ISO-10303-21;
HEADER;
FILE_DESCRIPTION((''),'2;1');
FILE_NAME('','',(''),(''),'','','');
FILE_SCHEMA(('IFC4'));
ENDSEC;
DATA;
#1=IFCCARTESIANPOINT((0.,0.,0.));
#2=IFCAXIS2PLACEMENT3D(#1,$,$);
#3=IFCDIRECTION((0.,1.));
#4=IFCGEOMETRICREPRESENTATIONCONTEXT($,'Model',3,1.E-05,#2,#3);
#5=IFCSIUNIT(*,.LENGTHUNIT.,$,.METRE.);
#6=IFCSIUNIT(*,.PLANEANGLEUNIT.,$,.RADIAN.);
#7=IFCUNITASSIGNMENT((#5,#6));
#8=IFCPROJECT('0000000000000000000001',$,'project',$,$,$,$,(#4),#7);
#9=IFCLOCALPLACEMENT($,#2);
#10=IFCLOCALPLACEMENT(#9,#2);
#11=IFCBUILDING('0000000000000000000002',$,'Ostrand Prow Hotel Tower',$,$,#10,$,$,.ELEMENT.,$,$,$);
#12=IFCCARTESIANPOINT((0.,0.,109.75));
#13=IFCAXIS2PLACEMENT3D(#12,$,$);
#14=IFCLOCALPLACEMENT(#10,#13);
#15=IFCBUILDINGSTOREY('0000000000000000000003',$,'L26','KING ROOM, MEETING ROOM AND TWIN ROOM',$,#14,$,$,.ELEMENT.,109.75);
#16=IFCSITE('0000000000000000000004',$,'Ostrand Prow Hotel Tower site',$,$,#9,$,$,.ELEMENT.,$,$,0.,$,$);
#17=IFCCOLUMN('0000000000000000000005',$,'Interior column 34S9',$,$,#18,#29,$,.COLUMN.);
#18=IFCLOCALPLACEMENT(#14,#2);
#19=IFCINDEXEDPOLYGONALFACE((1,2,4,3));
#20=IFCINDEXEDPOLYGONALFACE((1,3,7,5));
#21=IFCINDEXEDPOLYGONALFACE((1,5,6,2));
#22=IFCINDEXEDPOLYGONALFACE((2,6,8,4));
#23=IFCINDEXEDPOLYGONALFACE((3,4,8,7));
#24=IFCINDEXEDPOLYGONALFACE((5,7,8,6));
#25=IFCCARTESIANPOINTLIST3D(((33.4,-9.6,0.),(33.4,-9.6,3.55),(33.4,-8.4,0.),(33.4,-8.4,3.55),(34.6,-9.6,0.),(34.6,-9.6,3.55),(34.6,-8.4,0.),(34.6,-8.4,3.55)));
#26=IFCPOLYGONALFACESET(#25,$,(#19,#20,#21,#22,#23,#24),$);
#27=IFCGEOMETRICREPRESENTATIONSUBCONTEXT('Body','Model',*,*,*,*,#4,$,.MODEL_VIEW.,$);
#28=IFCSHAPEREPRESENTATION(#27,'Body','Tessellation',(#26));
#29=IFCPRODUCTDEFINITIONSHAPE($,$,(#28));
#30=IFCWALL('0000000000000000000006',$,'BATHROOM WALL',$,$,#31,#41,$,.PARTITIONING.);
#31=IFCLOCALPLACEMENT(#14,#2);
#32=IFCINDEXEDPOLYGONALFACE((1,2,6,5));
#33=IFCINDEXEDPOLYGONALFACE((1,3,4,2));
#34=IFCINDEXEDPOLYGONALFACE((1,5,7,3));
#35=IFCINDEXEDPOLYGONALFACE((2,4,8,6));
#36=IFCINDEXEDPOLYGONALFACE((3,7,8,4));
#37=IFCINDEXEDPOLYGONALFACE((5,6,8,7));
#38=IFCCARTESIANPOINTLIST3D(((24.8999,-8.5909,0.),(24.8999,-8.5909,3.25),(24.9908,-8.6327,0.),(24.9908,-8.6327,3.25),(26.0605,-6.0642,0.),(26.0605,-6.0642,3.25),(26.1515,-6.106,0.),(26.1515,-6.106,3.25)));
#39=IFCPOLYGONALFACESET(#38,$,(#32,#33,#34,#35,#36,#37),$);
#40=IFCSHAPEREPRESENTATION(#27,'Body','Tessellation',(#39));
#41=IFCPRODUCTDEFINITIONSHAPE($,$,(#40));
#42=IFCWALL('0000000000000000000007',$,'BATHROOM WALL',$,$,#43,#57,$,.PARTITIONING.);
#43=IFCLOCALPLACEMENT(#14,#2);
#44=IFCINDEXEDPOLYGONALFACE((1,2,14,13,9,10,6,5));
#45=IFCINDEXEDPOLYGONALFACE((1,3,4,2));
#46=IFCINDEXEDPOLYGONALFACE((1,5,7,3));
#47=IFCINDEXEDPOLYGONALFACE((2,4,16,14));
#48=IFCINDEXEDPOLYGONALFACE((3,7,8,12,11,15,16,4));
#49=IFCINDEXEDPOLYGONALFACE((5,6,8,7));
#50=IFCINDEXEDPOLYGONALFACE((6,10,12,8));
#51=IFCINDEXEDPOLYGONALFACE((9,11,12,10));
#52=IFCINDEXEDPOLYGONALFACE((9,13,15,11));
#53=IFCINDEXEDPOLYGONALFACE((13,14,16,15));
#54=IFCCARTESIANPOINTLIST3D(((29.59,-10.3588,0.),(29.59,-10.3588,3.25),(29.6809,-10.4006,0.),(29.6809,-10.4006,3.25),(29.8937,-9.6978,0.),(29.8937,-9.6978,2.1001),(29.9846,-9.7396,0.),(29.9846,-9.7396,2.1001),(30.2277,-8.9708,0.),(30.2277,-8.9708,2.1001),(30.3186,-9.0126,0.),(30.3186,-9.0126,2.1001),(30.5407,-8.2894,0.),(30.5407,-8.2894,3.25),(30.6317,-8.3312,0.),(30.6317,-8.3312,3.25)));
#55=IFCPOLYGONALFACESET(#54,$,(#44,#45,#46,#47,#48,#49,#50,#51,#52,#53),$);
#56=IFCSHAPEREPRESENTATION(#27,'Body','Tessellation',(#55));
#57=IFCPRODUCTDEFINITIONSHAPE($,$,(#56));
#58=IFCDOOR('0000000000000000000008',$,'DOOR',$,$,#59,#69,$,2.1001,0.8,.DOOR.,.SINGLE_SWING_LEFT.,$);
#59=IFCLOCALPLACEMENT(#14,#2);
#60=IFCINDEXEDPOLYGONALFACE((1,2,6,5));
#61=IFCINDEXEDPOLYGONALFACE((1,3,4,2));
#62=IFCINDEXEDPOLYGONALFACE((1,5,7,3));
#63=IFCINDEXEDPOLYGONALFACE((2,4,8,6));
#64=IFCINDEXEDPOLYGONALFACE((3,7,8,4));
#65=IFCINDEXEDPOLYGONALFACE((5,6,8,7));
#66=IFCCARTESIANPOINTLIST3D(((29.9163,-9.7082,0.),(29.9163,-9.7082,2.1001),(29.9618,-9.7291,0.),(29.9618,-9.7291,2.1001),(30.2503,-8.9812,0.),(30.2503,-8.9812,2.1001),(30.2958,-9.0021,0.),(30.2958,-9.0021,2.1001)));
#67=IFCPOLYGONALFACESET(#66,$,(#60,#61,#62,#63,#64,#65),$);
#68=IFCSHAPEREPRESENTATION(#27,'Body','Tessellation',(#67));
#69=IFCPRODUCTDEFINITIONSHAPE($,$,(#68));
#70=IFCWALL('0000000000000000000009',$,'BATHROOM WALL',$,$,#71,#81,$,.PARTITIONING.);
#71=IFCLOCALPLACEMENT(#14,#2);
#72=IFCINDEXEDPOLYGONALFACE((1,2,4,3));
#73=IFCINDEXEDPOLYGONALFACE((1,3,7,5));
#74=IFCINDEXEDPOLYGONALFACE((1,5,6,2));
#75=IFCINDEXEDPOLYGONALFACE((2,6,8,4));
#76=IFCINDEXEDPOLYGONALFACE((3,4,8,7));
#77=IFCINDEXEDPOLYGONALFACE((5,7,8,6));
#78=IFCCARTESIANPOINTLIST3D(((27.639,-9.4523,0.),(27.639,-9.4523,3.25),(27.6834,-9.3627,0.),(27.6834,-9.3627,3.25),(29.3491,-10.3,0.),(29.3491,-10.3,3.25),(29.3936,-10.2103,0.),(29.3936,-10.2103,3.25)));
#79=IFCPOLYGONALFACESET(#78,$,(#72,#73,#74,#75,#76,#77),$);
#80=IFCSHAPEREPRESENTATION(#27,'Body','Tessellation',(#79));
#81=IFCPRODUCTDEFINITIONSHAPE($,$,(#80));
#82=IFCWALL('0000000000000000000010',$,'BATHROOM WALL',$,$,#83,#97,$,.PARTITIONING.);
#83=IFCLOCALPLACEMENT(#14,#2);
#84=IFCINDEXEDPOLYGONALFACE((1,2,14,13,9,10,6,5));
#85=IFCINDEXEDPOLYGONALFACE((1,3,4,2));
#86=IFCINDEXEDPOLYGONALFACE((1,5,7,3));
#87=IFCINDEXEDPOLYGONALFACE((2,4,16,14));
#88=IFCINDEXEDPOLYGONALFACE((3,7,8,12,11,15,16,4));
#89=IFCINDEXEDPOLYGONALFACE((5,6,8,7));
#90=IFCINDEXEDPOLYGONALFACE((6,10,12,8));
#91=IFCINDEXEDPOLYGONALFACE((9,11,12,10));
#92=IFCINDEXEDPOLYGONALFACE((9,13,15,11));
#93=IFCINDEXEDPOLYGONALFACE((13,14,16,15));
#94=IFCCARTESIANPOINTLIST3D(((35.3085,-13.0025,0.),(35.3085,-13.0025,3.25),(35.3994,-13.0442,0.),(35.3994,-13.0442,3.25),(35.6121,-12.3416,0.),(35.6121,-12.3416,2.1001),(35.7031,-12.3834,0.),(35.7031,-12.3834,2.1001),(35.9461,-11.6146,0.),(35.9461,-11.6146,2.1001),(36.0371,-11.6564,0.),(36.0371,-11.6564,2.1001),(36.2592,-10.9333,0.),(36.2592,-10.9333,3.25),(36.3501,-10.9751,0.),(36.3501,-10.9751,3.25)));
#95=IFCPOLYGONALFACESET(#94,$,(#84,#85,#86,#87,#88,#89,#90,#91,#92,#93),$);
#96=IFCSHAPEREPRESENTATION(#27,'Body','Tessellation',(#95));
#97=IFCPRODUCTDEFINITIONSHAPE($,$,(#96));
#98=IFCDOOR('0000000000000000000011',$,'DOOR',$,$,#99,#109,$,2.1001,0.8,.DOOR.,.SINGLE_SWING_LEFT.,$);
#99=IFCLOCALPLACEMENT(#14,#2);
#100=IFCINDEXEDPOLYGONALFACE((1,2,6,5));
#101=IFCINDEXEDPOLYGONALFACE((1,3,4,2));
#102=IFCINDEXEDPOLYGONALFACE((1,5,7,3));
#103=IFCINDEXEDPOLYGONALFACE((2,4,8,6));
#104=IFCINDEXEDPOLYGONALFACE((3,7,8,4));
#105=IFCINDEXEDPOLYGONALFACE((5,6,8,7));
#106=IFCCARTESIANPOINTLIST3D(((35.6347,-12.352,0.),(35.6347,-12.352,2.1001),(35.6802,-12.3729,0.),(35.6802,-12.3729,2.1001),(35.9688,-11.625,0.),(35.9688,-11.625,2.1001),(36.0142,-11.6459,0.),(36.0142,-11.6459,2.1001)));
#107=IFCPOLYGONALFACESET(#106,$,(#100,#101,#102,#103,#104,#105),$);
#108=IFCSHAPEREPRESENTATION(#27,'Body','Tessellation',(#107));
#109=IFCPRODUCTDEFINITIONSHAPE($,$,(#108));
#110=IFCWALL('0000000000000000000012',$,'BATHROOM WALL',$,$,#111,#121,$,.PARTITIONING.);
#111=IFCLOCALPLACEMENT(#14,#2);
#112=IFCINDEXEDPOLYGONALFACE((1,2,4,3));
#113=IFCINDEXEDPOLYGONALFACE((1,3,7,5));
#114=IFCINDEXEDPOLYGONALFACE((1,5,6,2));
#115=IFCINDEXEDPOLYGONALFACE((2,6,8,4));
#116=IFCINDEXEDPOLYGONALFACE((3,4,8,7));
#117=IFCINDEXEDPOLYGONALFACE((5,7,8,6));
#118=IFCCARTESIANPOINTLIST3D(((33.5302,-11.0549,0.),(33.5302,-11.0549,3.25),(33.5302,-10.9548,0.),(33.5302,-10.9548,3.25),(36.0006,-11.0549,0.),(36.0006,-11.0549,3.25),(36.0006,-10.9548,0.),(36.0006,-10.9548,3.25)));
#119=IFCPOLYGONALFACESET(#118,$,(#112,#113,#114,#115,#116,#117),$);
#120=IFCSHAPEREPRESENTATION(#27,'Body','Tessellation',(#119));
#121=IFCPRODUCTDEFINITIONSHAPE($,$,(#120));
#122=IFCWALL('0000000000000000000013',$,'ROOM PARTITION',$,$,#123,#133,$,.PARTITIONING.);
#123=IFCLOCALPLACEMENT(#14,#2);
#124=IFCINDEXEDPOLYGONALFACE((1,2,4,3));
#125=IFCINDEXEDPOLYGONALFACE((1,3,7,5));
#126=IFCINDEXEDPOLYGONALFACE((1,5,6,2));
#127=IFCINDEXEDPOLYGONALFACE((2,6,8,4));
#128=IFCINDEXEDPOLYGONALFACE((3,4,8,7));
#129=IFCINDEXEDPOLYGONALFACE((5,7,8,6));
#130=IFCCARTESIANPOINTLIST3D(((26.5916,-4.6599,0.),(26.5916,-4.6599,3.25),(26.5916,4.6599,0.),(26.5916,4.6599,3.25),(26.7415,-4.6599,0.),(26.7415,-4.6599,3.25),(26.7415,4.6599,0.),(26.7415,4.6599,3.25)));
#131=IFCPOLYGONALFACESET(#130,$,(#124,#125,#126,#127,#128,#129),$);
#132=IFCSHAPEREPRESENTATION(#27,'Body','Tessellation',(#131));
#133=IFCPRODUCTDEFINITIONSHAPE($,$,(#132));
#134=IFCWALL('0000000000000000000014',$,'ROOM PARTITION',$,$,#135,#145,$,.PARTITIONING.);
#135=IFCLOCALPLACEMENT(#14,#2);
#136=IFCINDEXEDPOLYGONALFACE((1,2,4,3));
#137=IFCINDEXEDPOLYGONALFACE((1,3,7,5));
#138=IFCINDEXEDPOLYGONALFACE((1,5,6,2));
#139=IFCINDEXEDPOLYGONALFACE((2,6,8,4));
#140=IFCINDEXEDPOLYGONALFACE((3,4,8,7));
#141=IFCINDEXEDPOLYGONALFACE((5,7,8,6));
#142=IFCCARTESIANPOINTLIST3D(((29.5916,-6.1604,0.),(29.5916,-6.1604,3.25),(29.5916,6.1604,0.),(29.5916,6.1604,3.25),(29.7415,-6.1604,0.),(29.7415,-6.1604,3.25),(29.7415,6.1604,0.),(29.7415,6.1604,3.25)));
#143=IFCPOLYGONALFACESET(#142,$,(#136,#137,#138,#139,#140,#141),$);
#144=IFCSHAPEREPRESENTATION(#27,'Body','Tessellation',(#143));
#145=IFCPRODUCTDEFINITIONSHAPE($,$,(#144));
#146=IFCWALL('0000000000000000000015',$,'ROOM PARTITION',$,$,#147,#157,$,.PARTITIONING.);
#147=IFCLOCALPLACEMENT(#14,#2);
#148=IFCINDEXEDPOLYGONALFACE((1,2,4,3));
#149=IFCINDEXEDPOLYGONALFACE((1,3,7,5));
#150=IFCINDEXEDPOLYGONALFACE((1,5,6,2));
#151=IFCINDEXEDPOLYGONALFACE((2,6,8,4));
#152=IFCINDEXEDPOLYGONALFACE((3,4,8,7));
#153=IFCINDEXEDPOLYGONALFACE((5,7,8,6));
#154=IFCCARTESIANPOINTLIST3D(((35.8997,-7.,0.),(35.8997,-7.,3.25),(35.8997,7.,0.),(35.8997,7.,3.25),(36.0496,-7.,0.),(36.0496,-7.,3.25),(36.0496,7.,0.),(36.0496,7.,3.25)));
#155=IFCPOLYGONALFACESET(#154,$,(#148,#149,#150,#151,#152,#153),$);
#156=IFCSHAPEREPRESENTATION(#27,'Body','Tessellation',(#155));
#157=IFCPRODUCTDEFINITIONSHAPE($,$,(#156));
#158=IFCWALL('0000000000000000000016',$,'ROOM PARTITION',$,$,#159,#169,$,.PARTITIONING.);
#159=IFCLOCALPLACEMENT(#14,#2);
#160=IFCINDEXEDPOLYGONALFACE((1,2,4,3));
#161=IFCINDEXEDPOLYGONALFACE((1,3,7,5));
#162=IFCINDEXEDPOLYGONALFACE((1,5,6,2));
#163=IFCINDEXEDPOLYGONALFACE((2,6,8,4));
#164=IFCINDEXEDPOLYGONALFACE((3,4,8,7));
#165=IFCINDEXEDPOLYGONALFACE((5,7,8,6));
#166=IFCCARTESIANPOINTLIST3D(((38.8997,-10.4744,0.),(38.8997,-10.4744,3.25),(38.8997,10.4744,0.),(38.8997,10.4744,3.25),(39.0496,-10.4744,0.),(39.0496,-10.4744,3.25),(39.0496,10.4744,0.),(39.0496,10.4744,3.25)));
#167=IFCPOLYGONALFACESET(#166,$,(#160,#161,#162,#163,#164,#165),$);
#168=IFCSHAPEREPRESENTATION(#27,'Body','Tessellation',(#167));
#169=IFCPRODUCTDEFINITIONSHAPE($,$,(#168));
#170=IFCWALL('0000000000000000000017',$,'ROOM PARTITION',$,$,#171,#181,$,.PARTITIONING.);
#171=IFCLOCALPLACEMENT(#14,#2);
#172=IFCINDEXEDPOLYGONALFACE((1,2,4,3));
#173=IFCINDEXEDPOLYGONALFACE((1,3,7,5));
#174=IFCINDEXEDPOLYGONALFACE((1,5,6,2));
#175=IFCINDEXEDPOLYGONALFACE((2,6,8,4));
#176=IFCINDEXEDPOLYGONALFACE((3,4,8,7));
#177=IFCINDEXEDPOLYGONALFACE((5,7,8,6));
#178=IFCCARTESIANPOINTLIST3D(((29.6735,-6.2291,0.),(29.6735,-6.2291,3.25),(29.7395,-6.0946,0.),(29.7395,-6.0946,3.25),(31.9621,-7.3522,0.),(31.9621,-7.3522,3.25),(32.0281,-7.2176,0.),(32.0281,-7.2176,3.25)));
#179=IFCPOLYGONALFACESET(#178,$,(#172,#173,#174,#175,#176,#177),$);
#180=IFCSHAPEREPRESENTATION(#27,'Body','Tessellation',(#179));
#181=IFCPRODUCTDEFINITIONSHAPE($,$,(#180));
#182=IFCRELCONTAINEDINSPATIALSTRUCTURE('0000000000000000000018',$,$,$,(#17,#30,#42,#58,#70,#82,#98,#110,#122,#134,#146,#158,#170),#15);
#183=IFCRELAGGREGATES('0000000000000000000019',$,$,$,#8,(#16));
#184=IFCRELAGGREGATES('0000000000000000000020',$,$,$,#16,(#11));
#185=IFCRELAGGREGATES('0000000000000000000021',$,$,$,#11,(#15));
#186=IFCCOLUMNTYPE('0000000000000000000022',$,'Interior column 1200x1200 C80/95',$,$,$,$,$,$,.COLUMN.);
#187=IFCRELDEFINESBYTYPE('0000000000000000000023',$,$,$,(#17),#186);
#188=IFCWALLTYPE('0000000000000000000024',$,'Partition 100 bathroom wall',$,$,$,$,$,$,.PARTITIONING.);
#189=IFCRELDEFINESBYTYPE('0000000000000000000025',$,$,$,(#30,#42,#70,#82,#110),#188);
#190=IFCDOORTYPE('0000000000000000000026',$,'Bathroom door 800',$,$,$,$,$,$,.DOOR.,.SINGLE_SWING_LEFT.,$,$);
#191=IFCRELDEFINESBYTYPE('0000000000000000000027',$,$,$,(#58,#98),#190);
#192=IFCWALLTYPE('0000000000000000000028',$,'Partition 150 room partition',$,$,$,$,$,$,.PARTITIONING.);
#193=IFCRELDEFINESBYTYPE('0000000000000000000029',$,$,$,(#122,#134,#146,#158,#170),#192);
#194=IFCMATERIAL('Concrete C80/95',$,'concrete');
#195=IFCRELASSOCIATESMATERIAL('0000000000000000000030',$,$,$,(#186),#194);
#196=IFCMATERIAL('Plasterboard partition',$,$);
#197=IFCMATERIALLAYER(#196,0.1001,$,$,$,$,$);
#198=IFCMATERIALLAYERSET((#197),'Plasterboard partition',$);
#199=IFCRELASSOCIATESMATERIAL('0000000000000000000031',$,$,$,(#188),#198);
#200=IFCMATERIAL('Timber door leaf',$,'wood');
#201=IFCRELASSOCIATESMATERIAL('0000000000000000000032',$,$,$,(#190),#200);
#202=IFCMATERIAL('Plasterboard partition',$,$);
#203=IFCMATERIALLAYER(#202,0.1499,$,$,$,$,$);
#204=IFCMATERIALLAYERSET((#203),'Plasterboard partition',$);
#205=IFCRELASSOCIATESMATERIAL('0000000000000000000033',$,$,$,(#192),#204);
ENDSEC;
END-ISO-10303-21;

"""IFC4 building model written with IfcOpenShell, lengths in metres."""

from ifc_helpers import new_model, si_unit, direction, frame, frame_2d, origin, origin_2d, place, context, subcontext, project, spatial, rectangle, extrude, material, layer, layer_set, material_profile, profile_set, type_object, element, fill, save


model = new_model("IFC4")

# Units and contexts
model_context = context("Model", 3, precision=1e-05, world=origin(), true_north=direction((0.0, 1.0)))
body_context = subcontext(model_context, "Body", "Model", "MODEL_VIEW")
ifc_project = project(units=[si_unit("LENGTHUNIT", "METRE"), si_unit("PLANEANGLEUNIT", "RADIAN")], contexts=[model_context])

# Site, building, storey
site_placement = place(None, origin())
site = spatial("IfcSite", under=ifc_project, at=site_placement, Name="Ostrand Prow Hotel Tower site", CompositionType="ELEMENT", RefElevation=0.0)
building_placement = place(site_placement, origin())
building = spatial("IfcBuilding", under=site, at=building_placement, Name="Ostrand Prow Hotel Tower", CompositionType="ELEMENT")
storey_placement = place(building_placement, frame((0.0, 0.0, 109.75)))
storey = spatial("IfcBuildingStorey", under=building, at=storey_placement, Name="L26", Description="KING ROOM, MEETING ROOM AND TWIN ROOM", CompositionType="ELEMENT", Elevation=109.75)

# Column
ifc_material_1 = material(Name="Concrete C80/95", Category="concrete")
ifc_material_profile = material_profile(ifc_material_1, rectangle(XDim=1.2, YDim=1.2, at=origin_2d()), Name="RC 1200x1200")
ifc_profile_set = profile_set([ifc_material_profile], Name="Concrete C80/95")
column_type = type_object("IfcColumnType", Name="Interior column 1200x1200 C80/95", PredefinedType="COLUMN", material=ifc_profile_set)
column_placement = place(storey_placement, frame((34.0, -9.0, 0.0), z_axis=(0.0, 0.0, 1.0), x_axis=(1.0, 0.0, 0.0)))
element("IfcColumn", 1, at=column_placement, inside=storey, type_object=column_type, Name="Interior column 34S9", PredefinedType="COLUMN", context=body_context, shape_type="SweptSolid", body=[
    extrude(rectangle(XDim=1.2, YDim=1.2, at=origin_2d()), origin(), (0.0, 0.0, 1.0), 3.55),
])

# Wall
ifc_material_2 = material(Name="Plasterboard partition")
ifc_layer_1 = layer(ifc_material_2, 0.1001)
ifc_layer_set_1 = layer_set([ifc_layer_1], Name="Plasterboard partition")
wall_type_1 = type_object("IfcWallType", Name="Partition 100 bathroom wall", PredefinedType="PARTITIONING", material=ifc_layer_set_1)
wall_1_placement = place(storey_placement, frame((26.106, -6.0852, 0.0), z_axis=(0.0, 0.0, 1.0), x_axis=(-0.417432, -0.908708, 0.0)))
element("IfcWall", 2, at=wall_1_placement, inside=storey, type_object=wall_type_1, Name="BATHROOM WALL", PredefinedType="PARTITIONING", context=body_context, shape_type="SweptSolid", body=[
    extrude(rectangle(XDim=2.7805, YDim=0.1001, at=frame_2d((1.3901, 0.0))), origin(), (0.0, 0.0, 1.0), 3.25),
])

# Wall, opening, door
wall_2_placement = place(storey_placement, frame((30.5862, -8.3103, 0.0), z_axis=(0.0, 0.0, 1.0), x_axis=(-0.417467, -0.908692, 0.0)))
wall_2 = element("IfcWall", 3, at=wall_2_placement, inside=storey, type_object=wall_type_1, Name="BATHROOM WALL", PredefinedType="PARTITIONING", context=body_context, shape_type="SweptSolid", body=[
    extrude(rectangle(XDim=2.2773, YDim=0.1001, at=frame_2d((1.1387, 0.0))), origin(), (0.0, 0.0, 1.0), 3.25),
])
opening_1_placement = place(wall_2_placement, frame((0.75, 0.0, 0.0)))
opening_1 = element("IfcOpeningElement", 4, at=opening_1_placement, cuts=wall_2, PredefinedType="OPENING", context=body_context, shape_type="SweptSolid", body=[
    extrude(rectangle(XDim=0.8, YDim=2.1001, at=frame_2d((0.3999, 1.05))), frame((0.0, 0.0601, 0.0), z_axis=(0.0, -1.0, 0.0), x_axis=(1.0, 0.0, 0.0)), (0.0, 0.0, 1.0), 0.1201),
])
ifc_material_3 = material(Name="Timber door leaf", Category="wood")
door_type_1 = type_object("IfcDoorType", Name="Bathroom door 800", OperationType="SINGLE_SWING_LEFT", PredefinedType="DOOR", material=ifc_material_3)
door_1_placement = place(opening_1_placement, origin())
door_1 = element("IfcDoor", 5, at=door_1_placement, inside=storey, type_object=door_type_1, Name="DOOR", OperationType="SINGLE_SWING_LEFT", OverallHeight=2.1001, OverallWidth=0.8, PredefinedType="DOOR", context=body_context, shape_type="SweptSolid", body=[
    extrude(rectangle(XDim=0.8, YDim=2.1001, at=frame_2d((0.3999, 1.05))), frame((0.0, 0.0249, 0.0), z_axis=(0.0, -1.0, 0.0), x_axis=(1.0, 0.0, 0.0)), (0.0, 0.0, 1.0), 0.05),
])
fill(opening_1, door_1)

# Wall
wall_3_placement = place(storey_placement, frame((29.3713, -10.2551, 0.0), z_axis=(0.0, 0.0, 1.0), x_axis=(-0.895982, 0.44409, 0.0)))
element("IfcWall", 6, at=wall_3_placement, inside=storey, type_object=wall_type_1, Name="BATHROOM WALL", PredefinedType="PARTITIONING", context=body_context, shape_type="SweptSolid", body=[
    extrude(rectangle(XDim=1.9087, YDim=0.1001, at=frame_2d((0.9543, 0.0))), origin(), (0.0, 0.0, 1.0), 3.25),
])

# Wall, opening, door
wall_4_placement = place(storey_placement, frame((36.3047, -10.9541, 0.0), z_axis=(0.0, 0.0, 1.0), x_axis=(-0.417507, -0.908674, 0.0)))
wall_4 = element("IfcWall", 7, at=wall_4_placement, inside=storey, type_object=wall_type_1, Name="BATHROOM WALL", PredefinedType="PARTITIONING", context=body_context, shape_type="SweptSolid", body=[
    extrude(rectangle(XDim=2.2771, YDim=0.1001, at=frame_2d((1.1387, 0.0))), origin(), (0.0, 0.0, 1.0), 3.25),
])
opening_2_placement = place(wall_4_placement, frame((0.75, 0.0, 0.0)))
opening_2 = element("IfcOpeningElement", 8, at=opening_2_placement, cuts=wall_4, PredefinedType="OPENING", context=body_context, shape_type="SweptSolid", body=[
    extrude(rectangle(XDim=0.8, YDim=2.1001, at=frame_2d((0.3999, 1.05))), frame((0.0, 0.0601, 0.0), z_axis=(0.0, -1.0, 0.0), x_axis=(1.0, 0.0, 0.0)), (0.0, 0.0, 1.0), 0.1201),
])
door_2_placement = place(opening_2_placement, origin())
door_2 = element("IfcDoor", 9, at=door_2_placement, inside=storey, type_object=door_type_1, Name="DOOR", OperationType="SINGLE_SWING_LEFT", OverallHeight=2.1001, OverallWidth=0.8, PredefinedType="DOOR", context=body_context, shape_type="SweptSolid", body=[
    extrude(rectangle(XDim=0.8, YDim=2.1001, at=frame_2d((0.3999, 1.05))), frame((0.0, 0.0249, 0.0), z_axis=(0.0, -1.0, 0.0), x_axis=(1.0, 0.0, 0.0)), (0.0, 0.0, 1.0), 0.05),
])
fill(opening_2, door_2)

# Walls
wall_5_placement = place(storey_placement, frame((33.53, -11.0049, 0.0), z_axis=(0.0, 0.0, 1.0), x_axis=(1.0, 0.0, 0.0)))
element("IfcWall", 10, at=wall_5_placement, inside=storey, type_object=wall_type_1, Name="BATHROOM WALL", PredefinedType="PARTITIONING", context=body_context, shape_type="SweptSolid", body=[
    extrude(rectangle(XDim=2.4705, YDim=0.1001, at=frame_2d((1.2354, 0.0))), origin(), (0.0, 0.0, 1.0), 3.25),
])
ifc_material_4 = material(Name="Plasterboard partition")
ifc_layer_2 = layer(ifc_material_4, 0.1499)
ifc_layer_set_2 = layer_set([ifc_layer_2], Name="Plasterboard partition")
wall_type_2 = type_object("IfcWallType", Name="Partition 150 room partition", PredefinedType="PARTITIONING", material=ifc_layer_set_2)
wall_6_placement = place(storey_placement, frame((26.6665, -4.6599, 0.0), z_axis=(0.0, 0.0, 1.0), x_axis=(0.0, 1.0, 0.0)))
element("IfcWall", 11, at=wall_6_placement, inside=storey, type_object=wall_type_2, Name="ROOM PARTITION", PredefinedType="PARTITIONING", context=body_context, shape_type="SweptSolid", body=[
    extrude(rectangle(XDim=9.3198, YDim=0.1499, at=frame_2d((4.6599, 0.0))), origin(), (0.0, 0.0, 1.0), 3.25),
])
wall_7_placement = place(storey_placement, frame((29.6665, -6.1604, 0.0), z_axis=(0.0, 0.0, 1.0), x_axis=(0.0, 1.0, 0.0)))
element("IfcWall", 12, at=wall_7_placement, inside=storey, type_object=wall_type_2, Name="ROOM PARTITION", PredefinedType="PARTITIONING", context=body_context, shape_type="SweptSolid", body=[
    extrude(rectangle(XDim=12.3208, YDim=0.1499, at=frame_2d((6.1604, 0.0))), origin(), (0.0, 0.0, 1.0), 3.25),
])
wall_8_placement = place(storey_placement, frame((35.9746, -7.0, 0.0), z_axis=(0.0, 0.0, 1.0), x_axis=(0.0, 1.0, 0.0)))
element("IfcWall", 13, at=wall_8_placement, inside=storey, type_object=wall_type_2, Name="ROOM PARTITION", PredefinedType="PARTITIONING", context=body_context, shape_type="SweptSolid", body=[
    extrude(rectangle(XDim=14.0, YDim=0.1499, at=frame_2d((7.0, 0.0))), origin(), (0.0, 0.0, 1.0), 3.25),
])
wall_9_placement = place(storey_placement, frame((38.9746, -10.4744, 0.0), z_axis=(0.0, 0.0, 1.0), x_axis=(0.0, 1.0, 0.0)))
element("IfcWall", 14, at=wall_9_placement, inside=storey, type_object=wall_type_2, Name="ROOM PARTITION", PredefinedType="PARTITIONING", context=body_context, shape_type="SweptSolid", body=[
    extrude(rectangle(XDim=20.9487, YDim=0.1499, at=frame_2d((10.4744, 0.0))), origin(), (0.0, 0.0, 1.0), 3.25),
])
wall_10_placement = place(storey_placement, frame((31.9951, -7.2849, 0.0), z_axis=(0.0, 0.0, 1.0), x_axis=(-0.897735, 0.440536, 0.0)))
element("IfcWall", 15, at=wall_10_placement, inside=storey, type_object=wall_type_2, Name="ROOM PARTITION", PredefinedType="PARTITIONING", context=body_context, shape_type="SweptSolid", body=[
    extrude(rectangle(XDim=2.5493, YDim=0.1499, at=frame_2d((1.2747, 0.0))), origin(), (0.0, 0.0, 1.0), 3.25),
])

save(model, "model.ifc")
